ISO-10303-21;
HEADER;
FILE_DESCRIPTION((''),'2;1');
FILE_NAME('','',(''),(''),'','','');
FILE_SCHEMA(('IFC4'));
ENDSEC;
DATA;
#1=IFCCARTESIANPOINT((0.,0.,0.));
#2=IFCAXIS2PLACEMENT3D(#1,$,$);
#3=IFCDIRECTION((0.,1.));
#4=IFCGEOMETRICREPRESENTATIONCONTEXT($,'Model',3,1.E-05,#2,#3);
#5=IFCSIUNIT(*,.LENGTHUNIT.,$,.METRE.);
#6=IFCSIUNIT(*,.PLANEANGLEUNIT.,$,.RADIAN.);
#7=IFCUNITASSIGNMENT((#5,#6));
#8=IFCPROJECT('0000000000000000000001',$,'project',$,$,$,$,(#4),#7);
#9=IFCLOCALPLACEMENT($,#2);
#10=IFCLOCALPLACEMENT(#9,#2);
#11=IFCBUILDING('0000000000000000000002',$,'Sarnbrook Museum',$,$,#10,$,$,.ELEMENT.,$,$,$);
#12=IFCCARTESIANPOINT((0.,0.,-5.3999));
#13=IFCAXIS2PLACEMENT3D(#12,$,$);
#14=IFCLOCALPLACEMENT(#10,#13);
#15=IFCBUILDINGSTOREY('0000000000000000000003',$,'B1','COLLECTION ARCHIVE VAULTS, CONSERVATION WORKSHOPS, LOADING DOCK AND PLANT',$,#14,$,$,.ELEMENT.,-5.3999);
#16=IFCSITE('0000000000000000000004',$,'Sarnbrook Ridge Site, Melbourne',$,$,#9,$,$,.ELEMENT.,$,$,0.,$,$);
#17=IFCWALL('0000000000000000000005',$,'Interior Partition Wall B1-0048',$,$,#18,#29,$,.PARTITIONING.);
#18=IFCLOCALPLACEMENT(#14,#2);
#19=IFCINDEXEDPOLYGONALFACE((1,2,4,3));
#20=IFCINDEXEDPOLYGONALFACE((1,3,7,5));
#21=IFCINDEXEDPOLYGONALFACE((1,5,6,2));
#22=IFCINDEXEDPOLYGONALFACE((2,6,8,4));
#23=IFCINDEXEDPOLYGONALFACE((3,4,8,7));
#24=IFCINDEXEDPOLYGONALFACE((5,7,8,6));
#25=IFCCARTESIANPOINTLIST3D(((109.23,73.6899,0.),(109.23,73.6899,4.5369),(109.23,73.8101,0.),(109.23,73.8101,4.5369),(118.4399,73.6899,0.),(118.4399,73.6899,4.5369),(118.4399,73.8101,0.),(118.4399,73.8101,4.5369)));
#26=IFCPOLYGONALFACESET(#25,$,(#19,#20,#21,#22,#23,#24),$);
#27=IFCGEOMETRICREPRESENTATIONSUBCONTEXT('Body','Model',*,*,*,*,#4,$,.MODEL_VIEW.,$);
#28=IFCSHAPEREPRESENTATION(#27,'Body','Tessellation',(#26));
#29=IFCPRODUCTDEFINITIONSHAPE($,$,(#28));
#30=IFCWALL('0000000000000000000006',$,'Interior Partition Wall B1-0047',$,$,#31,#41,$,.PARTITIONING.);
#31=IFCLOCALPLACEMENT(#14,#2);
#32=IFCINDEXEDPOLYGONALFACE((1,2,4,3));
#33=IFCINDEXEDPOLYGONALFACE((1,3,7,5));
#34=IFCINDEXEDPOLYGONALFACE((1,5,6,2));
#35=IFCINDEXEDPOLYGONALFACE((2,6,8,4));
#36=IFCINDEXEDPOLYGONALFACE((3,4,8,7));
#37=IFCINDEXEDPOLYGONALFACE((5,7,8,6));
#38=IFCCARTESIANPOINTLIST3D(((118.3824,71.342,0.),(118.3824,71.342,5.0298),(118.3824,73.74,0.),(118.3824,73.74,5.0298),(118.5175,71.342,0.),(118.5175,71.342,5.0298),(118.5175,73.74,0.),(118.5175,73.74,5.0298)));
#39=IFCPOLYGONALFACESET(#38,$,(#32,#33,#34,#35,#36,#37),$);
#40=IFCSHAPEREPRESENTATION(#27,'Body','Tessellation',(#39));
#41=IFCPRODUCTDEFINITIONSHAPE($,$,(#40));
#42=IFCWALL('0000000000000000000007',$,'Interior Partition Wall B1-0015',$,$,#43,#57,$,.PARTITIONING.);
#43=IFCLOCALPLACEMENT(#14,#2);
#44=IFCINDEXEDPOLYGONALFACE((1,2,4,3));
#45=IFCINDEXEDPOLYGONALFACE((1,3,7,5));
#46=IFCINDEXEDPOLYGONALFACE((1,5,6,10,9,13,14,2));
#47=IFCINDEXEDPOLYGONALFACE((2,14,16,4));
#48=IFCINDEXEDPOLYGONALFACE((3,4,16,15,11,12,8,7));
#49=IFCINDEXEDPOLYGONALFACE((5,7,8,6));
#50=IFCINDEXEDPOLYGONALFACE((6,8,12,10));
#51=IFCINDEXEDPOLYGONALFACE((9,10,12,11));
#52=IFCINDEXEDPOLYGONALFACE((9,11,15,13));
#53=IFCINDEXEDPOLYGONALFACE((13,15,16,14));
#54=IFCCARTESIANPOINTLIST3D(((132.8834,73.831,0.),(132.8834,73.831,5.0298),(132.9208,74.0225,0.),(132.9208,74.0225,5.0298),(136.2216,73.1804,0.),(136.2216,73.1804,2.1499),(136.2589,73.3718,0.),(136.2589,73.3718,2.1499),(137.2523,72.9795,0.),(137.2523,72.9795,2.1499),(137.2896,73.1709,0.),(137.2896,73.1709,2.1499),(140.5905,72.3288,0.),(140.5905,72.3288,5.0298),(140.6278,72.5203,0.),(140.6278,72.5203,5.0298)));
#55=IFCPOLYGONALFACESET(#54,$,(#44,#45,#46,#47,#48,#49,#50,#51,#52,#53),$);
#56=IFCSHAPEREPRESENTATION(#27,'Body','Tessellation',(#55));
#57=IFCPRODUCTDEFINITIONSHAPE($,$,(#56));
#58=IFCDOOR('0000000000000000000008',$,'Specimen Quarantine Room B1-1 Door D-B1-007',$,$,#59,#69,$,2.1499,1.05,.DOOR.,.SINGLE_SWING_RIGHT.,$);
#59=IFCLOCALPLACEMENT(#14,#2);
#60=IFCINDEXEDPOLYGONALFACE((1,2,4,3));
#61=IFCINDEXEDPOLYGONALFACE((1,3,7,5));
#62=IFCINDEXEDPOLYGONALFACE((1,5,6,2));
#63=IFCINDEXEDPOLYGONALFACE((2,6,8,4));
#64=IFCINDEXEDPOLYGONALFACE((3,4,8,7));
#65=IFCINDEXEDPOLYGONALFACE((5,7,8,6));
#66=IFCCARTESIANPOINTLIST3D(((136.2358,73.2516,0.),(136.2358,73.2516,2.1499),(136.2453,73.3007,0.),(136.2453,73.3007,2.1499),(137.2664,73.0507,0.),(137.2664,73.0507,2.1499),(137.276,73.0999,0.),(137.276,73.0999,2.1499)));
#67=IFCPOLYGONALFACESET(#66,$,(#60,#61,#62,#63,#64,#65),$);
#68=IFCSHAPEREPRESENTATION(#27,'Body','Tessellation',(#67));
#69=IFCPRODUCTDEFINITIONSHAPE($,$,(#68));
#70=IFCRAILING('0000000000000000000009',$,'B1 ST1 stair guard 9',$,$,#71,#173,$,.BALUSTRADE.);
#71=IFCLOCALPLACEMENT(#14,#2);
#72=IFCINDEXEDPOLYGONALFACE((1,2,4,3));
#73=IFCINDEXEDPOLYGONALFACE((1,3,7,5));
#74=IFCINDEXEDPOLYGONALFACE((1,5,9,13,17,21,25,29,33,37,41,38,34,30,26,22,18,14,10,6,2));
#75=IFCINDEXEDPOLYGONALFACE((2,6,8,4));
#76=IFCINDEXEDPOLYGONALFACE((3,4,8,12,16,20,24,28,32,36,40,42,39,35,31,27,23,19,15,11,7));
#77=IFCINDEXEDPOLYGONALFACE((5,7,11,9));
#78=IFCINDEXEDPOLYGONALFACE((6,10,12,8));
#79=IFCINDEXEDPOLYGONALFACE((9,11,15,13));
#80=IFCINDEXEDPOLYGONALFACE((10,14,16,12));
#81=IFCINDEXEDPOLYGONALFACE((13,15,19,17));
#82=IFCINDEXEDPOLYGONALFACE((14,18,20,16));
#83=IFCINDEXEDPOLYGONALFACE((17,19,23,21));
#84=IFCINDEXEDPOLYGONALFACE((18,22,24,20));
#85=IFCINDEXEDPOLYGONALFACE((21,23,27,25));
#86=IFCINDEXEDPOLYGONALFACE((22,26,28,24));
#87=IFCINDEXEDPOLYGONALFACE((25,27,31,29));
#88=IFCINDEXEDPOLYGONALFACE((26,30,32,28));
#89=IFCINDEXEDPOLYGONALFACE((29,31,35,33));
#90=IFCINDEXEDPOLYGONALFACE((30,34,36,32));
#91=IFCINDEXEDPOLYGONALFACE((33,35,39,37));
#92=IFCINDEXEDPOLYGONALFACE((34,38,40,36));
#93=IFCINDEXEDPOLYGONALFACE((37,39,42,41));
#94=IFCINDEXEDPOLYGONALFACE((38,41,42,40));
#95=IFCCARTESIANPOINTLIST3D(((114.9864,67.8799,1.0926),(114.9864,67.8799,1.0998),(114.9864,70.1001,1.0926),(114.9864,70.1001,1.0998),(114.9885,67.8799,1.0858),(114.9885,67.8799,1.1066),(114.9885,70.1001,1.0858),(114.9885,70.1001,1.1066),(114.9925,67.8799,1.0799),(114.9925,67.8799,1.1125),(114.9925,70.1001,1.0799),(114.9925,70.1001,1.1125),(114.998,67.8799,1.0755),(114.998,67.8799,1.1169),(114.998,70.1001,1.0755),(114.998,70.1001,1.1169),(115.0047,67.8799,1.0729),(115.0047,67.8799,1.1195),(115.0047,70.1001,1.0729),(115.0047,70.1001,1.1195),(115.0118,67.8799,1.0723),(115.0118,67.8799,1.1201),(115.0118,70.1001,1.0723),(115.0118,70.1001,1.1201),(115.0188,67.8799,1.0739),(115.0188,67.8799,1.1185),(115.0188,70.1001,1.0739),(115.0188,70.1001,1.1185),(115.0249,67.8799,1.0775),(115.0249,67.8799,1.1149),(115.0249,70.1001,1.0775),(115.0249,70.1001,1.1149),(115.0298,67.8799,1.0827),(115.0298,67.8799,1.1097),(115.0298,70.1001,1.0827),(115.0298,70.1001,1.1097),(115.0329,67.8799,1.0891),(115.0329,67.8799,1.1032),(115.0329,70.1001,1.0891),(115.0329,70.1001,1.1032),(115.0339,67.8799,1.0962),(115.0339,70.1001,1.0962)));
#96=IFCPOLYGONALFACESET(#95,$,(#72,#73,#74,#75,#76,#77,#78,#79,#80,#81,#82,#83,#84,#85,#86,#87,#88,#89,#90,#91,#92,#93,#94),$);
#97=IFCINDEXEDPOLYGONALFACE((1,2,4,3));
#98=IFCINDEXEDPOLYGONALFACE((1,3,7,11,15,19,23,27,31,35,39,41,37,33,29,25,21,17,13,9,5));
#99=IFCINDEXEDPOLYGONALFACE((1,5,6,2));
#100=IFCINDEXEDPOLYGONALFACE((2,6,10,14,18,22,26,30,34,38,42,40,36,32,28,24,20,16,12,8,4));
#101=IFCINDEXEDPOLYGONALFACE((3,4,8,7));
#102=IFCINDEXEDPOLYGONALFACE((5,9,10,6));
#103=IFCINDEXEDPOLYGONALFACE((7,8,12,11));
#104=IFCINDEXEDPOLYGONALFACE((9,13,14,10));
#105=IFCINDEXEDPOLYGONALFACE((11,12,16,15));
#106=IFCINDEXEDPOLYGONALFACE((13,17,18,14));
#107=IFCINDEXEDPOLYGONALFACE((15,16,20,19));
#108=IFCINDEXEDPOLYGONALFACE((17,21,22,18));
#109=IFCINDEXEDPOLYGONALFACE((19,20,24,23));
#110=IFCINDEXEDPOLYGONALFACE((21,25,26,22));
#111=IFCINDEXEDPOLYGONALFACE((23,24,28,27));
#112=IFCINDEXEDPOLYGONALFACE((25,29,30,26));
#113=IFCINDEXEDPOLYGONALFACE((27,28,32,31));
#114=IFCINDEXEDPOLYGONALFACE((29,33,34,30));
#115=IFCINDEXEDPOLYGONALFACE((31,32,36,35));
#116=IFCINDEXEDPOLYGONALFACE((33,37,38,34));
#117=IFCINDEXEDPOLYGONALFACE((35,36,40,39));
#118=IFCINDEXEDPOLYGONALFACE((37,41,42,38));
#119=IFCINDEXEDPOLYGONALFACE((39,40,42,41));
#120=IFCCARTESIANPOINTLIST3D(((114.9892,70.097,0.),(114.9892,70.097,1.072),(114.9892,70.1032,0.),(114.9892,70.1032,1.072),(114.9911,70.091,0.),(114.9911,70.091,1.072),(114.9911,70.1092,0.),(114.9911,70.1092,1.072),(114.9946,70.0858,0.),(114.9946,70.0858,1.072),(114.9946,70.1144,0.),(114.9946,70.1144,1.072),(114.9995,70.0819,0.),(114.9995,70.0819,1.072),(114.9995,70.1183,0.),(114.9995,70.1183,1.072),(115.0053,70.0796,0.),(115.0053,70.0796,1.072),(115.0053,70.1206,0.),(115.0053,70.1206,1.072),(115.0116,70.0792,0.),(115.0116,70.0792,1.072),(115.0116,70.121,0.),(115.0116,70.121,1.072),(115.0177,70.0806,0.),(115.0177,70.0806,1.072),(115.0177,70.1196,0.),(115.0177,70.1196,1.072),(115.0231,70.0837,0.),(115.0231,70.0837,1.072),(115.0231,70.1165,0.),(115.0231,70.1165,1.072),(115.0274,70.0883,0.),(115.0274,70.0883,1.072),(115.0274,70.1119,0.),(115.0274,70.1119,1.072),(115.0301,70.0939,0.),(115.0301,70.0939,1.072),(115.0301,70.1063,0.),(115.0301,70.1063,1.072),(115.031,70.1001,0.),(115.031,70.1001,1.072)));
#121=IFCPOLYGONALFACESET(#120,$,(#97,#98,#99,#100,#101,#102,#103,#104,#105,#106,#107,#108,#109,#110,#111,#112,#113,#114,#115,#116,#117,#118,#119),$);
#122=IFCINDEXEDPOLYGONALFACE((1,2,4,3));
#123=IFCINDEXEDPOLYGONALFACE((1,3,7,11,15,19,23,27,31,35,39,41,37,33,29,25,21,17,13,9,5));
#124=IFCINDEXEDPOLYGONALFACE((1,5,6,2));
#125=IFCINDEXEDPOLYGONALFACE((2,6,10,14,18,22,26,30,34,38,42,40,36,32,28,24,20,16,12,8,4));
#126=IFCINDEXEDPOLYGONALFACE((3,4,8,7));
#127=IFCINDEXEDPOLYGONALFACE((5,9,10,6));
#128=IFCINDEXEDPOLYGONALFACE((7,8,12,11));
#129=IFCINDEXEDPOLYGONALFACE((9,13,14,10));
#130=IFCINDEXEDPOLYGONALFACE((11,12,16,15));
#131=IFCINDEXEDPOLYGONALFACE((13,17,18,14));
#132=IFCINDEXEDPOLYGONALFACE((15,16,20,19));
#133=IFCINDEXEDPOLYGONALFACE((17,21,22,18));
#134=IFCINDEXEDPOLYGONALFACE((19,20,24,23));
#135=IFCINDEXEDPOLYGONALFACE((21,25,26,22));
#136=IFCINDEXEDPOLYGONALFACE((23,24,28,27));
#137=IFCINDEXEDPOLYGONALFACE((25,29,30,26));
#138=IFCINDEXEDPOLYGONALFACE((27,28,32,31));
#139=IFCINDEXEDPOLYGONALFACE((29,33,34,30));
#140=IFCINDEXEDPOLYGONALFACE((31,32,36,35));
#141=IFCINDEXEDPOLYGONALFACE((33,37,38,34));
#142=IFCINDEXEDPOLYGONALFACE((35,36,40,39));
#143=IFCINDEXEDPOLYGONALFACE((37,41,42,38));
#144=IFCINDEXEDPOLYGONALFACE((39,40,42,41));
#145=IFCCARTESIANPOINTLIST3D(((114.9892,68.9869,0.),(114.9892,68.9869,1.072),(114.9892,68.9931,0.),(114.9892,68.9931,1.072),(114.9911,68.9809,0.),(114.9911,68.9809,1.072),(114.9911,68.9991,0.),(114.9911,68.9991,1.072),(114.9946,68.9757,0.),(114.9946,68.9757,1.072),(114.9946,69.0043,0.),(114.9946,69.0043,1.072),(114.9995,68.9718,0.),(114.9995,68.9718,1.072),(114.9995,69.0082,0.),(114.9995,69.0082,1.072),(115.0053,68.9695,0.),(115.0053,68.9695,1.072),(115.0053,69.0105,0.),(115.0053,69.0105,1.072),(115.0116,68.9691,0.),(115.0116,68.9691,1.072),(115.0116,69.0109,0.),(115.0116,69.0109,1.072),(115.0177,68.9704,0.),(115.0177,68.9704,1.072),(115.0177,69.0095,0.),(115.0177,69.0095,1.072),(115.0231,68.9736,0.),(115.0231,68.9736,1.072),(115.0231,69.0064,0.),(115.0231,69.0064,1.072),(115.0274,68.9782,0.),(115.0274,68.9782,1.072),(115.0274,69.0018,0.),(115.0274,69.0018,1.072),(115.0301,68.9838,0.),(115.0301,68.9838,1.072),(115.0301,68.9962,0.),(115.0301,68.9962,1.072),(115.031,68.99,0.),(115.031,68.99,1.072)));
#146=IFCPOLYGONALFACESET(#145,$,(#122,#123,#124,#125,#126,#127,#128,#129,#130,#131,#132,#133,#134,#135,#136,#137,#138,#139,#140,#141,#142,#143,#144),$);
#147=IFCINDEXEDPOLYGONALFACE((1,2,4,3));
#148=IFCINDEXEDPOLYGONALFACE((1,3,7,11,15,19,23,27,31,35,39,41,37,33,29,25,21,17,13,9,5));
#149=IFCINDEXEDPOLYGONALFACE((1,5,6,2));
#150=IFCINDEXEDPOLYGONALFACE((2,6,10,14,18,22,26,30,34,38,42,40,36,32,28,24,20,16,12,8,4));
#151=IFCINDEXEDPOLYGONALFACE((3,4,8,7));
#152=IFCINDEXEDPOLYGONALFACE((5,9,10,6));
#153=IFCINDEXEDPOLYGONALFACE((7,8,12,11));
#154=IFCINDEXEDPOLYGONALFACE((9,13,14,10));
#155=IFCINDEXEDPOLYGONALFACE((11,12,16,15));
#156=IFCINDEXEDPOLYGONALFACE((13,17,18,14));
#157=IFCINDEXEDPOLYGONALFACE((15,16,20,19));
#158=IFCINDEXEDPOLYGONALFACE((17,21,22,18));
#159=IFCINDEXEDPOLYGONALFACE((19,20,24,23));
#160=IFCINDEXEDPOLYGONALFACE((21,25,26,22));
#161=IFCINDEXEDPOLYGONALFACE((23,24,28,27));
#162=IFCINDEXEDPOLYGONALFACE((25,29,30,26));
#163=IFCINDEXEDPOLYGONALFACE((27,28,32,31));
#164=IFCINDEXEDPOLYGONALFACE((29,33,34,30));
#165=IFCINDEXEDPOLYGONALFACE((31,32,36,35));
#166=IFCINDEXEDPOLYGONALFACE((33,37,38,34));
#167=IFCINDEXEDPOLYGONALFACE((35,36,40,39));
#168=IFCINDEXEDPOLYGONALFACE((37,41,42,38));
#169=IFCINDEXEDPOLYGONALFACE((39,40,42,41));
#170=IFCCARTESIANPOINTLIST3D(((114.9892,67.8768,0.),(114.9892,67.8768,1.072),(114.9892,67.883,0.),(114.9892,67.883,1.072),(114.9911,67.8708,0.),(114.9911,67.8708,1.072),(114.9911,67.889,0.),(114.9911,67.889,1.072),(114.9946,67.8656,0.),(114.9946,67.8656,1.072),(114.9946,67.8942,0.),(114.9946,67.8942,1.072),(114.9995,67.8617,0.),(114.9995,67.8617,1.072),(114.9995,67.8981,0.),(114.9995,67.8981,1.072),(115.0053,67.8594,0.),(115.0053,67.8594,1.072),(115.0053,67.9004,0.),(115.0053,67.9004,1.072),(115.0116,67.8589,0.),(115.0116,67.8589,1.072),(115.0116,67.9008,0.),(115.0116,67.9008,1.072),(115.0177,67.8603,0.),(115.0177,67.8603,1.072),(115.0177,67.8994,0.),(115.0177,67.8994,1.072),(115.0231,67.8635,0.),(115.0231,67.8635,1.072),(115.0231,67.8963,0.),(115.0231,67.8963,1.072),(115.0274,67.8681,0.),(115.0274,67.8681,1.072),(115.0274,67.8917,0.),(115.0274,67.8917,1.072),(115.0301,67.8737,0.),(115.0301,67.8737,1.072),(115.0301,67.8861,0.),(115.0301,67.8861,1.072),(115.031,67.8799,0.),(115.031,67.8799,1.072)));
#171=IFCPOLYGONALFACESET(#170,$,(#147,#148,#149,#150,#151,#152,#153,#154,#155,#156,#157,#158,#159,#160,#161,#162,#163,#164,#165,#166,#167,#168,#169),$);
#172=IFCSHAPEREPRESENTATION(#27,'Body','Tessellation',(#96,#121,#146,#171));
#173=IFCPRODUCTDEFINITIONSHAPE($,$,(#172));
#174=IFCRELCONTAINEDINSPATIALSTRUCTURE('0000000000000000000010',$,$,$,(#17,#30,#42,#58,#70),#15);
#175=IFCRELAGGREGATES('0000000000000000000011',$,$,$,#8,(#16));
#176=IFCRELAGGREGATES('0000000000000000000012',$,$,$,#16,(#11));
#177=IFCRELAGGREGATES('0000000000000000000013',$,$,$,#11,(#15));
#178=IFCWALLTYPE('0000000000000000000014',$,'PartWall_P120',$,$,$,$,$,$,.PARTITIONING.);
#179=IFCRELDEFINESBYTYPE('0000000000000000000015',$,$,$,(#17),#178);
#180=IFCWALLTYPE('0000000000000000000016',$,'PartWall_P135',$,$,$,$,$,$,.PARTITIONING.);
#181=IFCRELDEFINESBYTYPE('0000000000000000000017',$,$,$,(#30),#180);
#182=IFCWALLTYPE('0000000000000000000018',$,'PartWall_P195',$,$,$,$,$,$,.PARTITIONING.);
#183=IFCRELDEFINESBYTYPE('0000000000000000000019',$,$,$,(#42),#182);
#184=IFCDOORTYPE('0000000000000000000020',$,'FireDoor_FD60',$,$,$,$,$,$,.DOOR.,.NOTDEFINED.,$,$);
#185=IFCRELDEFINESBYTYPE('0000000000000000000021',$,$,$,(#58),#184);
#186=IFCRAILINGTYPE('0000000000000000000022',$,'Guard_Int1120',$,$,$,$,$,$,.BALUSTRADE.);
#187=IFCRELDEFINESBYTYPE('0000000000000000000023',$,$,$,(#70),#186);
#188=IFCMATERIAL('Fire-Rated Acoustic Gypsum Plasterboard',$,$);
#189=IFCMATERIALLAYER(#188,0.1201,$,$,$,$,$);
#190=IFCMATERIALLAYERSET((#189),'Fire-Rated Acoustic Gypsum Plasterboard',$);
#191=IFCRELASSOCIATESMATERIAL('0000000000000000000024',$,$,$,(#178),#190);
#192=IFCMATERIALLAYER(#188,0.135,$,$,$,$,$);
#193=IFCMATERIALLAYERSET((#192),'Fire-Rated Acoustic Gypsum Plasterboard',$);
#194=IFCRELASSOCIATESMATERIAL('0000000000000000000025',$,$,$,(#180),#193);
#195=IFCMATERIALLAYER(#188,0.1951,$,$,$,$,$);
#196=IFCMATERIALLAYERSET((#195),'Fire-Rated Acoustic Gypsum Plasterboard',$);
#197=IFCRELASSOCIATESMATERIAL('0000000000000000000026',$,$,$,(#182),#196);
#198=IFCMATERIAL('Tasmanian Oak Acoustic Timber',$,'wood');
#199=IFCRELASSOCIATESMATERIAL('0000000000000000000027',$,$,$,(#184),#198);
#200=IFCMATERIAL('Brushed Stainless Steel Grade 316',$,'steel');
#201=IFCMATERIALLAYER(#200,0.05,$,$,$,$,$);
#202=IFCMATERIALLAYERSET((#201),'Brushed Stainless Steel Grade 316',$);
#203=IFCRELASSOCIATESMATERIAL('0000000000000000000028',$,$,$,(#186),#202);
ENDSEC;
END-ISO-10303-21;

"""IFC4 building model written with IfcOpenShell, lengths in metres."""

from ifc_helpers import new_model, si_unit, direction, frame, frame_2d, origin, origin_2d, place, context, subcontext, project, spatial, rectangle, circle, extrude, material, layer, layer_set, type_object, element, fill, save


model = new_model("IFC4")

# Units and contexts
model_context = context("Model", 3, precision=1e-05, world=origin(), true_north=direction((0.0, 1.0)))
body_context = subcontext(model_context, "Body", "Model", "MODEL_VIEW")
ifc_project = project(units=[si_unit("LENGTHUNIT", "METRE"), si_unit("PLANEANGLEUNIT", "RADIAN")], contexts=[model_context])

# Site, building, storey
site_placement = place(None, origin())
site = spatial("IfcSite", under=ifc_project, at=site_placement, Name="Sarnbrook Ridge Site, Melbourne", CompositionType="ELEMENT", RefElevation=0.0)
building_placement = place(site_placement, origin())
building = spatial("IfcBuilding", under=site, at=building_placement, Name="Sarnbrook Museum", CompositionType="ELEMENT")
storey_placement = place(building_placement, frame((0.0, 0.0, -5.3999)))
storey = spatial("IfcBuildingStorey", under=building, at=storey_placement, Name="B1", Description="COLLECTION ARCHIVE VAULTS, CONSERVATION WORKSHOPS, LOADING DOCK AND PLANT", CompositionType="ELEMENT", Elevation=-5.3999)

# Shared definitions
ifc_material_1 = material(Name="Tasmanian Oak Acoustic Timber", Category="wood")

# Walls
ifc_material_2 = material(Name="Fire-Rated Acoustic Gypsum Plasterboard")
ifc_layer_1 = layer(ifc_material_2, 0.1201)
ifc_layer_set_1 = layer_set([ifc_layer_1], Name="Fire-Rated Acoustic Gypsum Plasterboard")
wall_type_1 = type_object("IfcWallType", Name="PartWall_P120", PredefinedType="PARTITIONING", material=ifc_layer_set_1)
wall_1_placement = place(storey_placement, frame((118.4399, 73.75, 0.0), z_axis=(0.0, 0.0, 1.0), x_axis=(-1.0, 0.0, 0.0)))
element("IfcWall", 1, at=wall_1_placement, inside=storey, type_object=wall_type_1, Name="Interior Partition Wall B1-0048", PredefinedType="PARTITIONING", context=body_context, shape_type="SweptSolid", body=[
    extrude(rectangle(XDim=9.21, YDim=0.1201, at=frame_2d((4.605, 0.0))), origin(), (0.0, 0.0, 1.0), 4.5369),
])
ifc_layer_2 = layer(ifc_material_2, 0.135)
ifc_layer_set_2 = layer_set([ifc_layer_2], Name="Fire-Rated Acoustic Gypsum Plasterboard")
wall_type_2 = type_object("IfcWallType", Name="PartWall_P135", PredefinedType="PARTITIONING", material=ifc_layer_set_2)
wall_2_placement = place(storey_placement, frame((118.45, 71.342, 0.0), z_axis=(0.0, 0.0, 1.0), x_axis=(0.0, 1.0, 0.0)))
element("IfcWall", 2, at=wall_2_placement, inside=storey, type_object=wall_type_2, Name="Interior Partition Wall B1-0047", PredefinedType="PARTITIONING", context=body_context, shape_type="SweptSolid", body=[
    extrude(rectangle(XDim=2.3979, YDim=0.135, at=frame_2d((1.199, 0.0))), origin(), (0.0, 0.0, 1.0), 5.0298),
])

# Wall, opening, door
ifc_layer_3 = layer(ifc_material_2, 0.1951)
ifc_layer_set_3 = layer_set([ifc_layer_3], Name="Fire-Rated Acoustic Gypsum Plasterboard")
wall_type_3 = type_object("IfcWallType", Name="PartWall_P195", PredefinedType="PARTITIONING", material=ifc_layer_set_3)
wall_3_placement = place(storey_placement, frame((132.9021, 73.9268, 0.0), z_axis=(0.0, 0.0, 1.0), x_axis=(0.981529, -0.191312, 0.0)))
wall_3 = element("IfcWall", 3, at=wall_3_placement, inside=storey, type_object=wall_type_3, Name="Interior Partition Wall B1-0015", PredefinedType="PARTITIONING", context=body_context, shape_type="SweptSolid", body=[
    extrude(rectangle(XDim=7.8521, YDim=0.1951, at=frame_2d((3.926, 0.0))), origin(), (0.0, 0.0, 1.0), 5.0298),
])
opening_1_placement = place(wall_3_placement, frame((3.4011, 0.0, 0.0)))
opening_1 = element("IfcOpeningElement", 4, at=opening_1_placement, cuts=wall_3, PredefinedType="OPENING", context=body_context, shape_type="SweptSolid", body=[
    extrude(rectangle(XDim=1.05, YDim=2.1499, at=frame_2d((0.5249, 1.075))), frame((0.0, 0.1074, 0.0), z_axis=(0.0, -1.0, 0.0), x_axis=(1.0, 0.0, 0.0)), (0.0, 0.0, 1.0), 0.2151),
])
door_type_1 = type_object("IfcDoorType", Name="FireDoor_FD60", OperationType="NOTDEFINED", PredefinedType="DOOR", material=ifc_material_1)
door_1_placement = place(opening_1_placement, frame((1.05, 0.0, 0.0), z_axis=(0.0, 0.0, 1.0), x_axis=(-1.0, 0.0, 0.0)))
door_1 = element("IfcDoor", 5, at=door_1_placement, inside=storey, type_object=door_type_1, Name="Specimen Quarantine Room B1-1 Door D-B1-007", OperationType="SINGLE_SWING_RIGHT", OverallHeight=2.1499, OverallWidth=1.05, PredefinedType="DOOR", context=body_context, shape_type="SweptSolid", body=[
    extrude(rectangle(XDim=1.05, YDim=2.1499, at=frame_2d((0.5249, 1.075))), frame((0.0, 0.0249, 0.0), z_axis=(0.0, -1.0, 0.0), x_axis=(1.0, 0.0, 0.0)), (0.0, 0.0, 1.0), 0.05),
])
fill(opening_1, door_1)

# Railing
ifc_material_3 = material(Name="Brushed Stainless Steel Grade 316", Category="steel")
ifc_layer_4 = layer(ifc_material_3, 0.05)
ifc_layer_set_4 = layer_set([ifc_layer_4], Name="Brushed Stainless Steel Grade 316")
railing_type = type_object("IfcRailingType", Name="Guard_Int1120", PredefinedType="BALUSTRADE", material=ifc_layer_set_4)
railing_placement = place(storey_placement, frame((115.01, 70.1001, 0.0)))
element("IfcRailing", 6, at=railing_placement, inside=storey, type_object=railing_type, Name="B1 ST1 stair guard 9", PredefinedType="BALUSTRADE", context=body_context, shape_type="SweptSolid", body=[
    extrude(circle(Radius=0.0239, at=origin_2d()), frame((0.0, 0.0, 1.0962), z_axis=(0.0, -1.0, 0.0), x_axis=(1.0, 0.0, 0.0)), (0.0, 0.0, 1.0), 2.2202),
    extrude(circle(Radius=0.021, at=origin_2d()), origin(), (0.0, 0.0, 1.0), 1.072),
    extrude(circle(Radius=0.021, at=origin_2d()), frame((0.0, -1.1101, 0.0)), (0.0, 0.0, 1.0), 1.072),
    extrude(circle(Radius=0.021, at=origin_2d()), frame((0.0, -2.2202, 0.0)), (0.0, 0.0, 1.0), 1.072),
])

save(model, "model.ifc")
